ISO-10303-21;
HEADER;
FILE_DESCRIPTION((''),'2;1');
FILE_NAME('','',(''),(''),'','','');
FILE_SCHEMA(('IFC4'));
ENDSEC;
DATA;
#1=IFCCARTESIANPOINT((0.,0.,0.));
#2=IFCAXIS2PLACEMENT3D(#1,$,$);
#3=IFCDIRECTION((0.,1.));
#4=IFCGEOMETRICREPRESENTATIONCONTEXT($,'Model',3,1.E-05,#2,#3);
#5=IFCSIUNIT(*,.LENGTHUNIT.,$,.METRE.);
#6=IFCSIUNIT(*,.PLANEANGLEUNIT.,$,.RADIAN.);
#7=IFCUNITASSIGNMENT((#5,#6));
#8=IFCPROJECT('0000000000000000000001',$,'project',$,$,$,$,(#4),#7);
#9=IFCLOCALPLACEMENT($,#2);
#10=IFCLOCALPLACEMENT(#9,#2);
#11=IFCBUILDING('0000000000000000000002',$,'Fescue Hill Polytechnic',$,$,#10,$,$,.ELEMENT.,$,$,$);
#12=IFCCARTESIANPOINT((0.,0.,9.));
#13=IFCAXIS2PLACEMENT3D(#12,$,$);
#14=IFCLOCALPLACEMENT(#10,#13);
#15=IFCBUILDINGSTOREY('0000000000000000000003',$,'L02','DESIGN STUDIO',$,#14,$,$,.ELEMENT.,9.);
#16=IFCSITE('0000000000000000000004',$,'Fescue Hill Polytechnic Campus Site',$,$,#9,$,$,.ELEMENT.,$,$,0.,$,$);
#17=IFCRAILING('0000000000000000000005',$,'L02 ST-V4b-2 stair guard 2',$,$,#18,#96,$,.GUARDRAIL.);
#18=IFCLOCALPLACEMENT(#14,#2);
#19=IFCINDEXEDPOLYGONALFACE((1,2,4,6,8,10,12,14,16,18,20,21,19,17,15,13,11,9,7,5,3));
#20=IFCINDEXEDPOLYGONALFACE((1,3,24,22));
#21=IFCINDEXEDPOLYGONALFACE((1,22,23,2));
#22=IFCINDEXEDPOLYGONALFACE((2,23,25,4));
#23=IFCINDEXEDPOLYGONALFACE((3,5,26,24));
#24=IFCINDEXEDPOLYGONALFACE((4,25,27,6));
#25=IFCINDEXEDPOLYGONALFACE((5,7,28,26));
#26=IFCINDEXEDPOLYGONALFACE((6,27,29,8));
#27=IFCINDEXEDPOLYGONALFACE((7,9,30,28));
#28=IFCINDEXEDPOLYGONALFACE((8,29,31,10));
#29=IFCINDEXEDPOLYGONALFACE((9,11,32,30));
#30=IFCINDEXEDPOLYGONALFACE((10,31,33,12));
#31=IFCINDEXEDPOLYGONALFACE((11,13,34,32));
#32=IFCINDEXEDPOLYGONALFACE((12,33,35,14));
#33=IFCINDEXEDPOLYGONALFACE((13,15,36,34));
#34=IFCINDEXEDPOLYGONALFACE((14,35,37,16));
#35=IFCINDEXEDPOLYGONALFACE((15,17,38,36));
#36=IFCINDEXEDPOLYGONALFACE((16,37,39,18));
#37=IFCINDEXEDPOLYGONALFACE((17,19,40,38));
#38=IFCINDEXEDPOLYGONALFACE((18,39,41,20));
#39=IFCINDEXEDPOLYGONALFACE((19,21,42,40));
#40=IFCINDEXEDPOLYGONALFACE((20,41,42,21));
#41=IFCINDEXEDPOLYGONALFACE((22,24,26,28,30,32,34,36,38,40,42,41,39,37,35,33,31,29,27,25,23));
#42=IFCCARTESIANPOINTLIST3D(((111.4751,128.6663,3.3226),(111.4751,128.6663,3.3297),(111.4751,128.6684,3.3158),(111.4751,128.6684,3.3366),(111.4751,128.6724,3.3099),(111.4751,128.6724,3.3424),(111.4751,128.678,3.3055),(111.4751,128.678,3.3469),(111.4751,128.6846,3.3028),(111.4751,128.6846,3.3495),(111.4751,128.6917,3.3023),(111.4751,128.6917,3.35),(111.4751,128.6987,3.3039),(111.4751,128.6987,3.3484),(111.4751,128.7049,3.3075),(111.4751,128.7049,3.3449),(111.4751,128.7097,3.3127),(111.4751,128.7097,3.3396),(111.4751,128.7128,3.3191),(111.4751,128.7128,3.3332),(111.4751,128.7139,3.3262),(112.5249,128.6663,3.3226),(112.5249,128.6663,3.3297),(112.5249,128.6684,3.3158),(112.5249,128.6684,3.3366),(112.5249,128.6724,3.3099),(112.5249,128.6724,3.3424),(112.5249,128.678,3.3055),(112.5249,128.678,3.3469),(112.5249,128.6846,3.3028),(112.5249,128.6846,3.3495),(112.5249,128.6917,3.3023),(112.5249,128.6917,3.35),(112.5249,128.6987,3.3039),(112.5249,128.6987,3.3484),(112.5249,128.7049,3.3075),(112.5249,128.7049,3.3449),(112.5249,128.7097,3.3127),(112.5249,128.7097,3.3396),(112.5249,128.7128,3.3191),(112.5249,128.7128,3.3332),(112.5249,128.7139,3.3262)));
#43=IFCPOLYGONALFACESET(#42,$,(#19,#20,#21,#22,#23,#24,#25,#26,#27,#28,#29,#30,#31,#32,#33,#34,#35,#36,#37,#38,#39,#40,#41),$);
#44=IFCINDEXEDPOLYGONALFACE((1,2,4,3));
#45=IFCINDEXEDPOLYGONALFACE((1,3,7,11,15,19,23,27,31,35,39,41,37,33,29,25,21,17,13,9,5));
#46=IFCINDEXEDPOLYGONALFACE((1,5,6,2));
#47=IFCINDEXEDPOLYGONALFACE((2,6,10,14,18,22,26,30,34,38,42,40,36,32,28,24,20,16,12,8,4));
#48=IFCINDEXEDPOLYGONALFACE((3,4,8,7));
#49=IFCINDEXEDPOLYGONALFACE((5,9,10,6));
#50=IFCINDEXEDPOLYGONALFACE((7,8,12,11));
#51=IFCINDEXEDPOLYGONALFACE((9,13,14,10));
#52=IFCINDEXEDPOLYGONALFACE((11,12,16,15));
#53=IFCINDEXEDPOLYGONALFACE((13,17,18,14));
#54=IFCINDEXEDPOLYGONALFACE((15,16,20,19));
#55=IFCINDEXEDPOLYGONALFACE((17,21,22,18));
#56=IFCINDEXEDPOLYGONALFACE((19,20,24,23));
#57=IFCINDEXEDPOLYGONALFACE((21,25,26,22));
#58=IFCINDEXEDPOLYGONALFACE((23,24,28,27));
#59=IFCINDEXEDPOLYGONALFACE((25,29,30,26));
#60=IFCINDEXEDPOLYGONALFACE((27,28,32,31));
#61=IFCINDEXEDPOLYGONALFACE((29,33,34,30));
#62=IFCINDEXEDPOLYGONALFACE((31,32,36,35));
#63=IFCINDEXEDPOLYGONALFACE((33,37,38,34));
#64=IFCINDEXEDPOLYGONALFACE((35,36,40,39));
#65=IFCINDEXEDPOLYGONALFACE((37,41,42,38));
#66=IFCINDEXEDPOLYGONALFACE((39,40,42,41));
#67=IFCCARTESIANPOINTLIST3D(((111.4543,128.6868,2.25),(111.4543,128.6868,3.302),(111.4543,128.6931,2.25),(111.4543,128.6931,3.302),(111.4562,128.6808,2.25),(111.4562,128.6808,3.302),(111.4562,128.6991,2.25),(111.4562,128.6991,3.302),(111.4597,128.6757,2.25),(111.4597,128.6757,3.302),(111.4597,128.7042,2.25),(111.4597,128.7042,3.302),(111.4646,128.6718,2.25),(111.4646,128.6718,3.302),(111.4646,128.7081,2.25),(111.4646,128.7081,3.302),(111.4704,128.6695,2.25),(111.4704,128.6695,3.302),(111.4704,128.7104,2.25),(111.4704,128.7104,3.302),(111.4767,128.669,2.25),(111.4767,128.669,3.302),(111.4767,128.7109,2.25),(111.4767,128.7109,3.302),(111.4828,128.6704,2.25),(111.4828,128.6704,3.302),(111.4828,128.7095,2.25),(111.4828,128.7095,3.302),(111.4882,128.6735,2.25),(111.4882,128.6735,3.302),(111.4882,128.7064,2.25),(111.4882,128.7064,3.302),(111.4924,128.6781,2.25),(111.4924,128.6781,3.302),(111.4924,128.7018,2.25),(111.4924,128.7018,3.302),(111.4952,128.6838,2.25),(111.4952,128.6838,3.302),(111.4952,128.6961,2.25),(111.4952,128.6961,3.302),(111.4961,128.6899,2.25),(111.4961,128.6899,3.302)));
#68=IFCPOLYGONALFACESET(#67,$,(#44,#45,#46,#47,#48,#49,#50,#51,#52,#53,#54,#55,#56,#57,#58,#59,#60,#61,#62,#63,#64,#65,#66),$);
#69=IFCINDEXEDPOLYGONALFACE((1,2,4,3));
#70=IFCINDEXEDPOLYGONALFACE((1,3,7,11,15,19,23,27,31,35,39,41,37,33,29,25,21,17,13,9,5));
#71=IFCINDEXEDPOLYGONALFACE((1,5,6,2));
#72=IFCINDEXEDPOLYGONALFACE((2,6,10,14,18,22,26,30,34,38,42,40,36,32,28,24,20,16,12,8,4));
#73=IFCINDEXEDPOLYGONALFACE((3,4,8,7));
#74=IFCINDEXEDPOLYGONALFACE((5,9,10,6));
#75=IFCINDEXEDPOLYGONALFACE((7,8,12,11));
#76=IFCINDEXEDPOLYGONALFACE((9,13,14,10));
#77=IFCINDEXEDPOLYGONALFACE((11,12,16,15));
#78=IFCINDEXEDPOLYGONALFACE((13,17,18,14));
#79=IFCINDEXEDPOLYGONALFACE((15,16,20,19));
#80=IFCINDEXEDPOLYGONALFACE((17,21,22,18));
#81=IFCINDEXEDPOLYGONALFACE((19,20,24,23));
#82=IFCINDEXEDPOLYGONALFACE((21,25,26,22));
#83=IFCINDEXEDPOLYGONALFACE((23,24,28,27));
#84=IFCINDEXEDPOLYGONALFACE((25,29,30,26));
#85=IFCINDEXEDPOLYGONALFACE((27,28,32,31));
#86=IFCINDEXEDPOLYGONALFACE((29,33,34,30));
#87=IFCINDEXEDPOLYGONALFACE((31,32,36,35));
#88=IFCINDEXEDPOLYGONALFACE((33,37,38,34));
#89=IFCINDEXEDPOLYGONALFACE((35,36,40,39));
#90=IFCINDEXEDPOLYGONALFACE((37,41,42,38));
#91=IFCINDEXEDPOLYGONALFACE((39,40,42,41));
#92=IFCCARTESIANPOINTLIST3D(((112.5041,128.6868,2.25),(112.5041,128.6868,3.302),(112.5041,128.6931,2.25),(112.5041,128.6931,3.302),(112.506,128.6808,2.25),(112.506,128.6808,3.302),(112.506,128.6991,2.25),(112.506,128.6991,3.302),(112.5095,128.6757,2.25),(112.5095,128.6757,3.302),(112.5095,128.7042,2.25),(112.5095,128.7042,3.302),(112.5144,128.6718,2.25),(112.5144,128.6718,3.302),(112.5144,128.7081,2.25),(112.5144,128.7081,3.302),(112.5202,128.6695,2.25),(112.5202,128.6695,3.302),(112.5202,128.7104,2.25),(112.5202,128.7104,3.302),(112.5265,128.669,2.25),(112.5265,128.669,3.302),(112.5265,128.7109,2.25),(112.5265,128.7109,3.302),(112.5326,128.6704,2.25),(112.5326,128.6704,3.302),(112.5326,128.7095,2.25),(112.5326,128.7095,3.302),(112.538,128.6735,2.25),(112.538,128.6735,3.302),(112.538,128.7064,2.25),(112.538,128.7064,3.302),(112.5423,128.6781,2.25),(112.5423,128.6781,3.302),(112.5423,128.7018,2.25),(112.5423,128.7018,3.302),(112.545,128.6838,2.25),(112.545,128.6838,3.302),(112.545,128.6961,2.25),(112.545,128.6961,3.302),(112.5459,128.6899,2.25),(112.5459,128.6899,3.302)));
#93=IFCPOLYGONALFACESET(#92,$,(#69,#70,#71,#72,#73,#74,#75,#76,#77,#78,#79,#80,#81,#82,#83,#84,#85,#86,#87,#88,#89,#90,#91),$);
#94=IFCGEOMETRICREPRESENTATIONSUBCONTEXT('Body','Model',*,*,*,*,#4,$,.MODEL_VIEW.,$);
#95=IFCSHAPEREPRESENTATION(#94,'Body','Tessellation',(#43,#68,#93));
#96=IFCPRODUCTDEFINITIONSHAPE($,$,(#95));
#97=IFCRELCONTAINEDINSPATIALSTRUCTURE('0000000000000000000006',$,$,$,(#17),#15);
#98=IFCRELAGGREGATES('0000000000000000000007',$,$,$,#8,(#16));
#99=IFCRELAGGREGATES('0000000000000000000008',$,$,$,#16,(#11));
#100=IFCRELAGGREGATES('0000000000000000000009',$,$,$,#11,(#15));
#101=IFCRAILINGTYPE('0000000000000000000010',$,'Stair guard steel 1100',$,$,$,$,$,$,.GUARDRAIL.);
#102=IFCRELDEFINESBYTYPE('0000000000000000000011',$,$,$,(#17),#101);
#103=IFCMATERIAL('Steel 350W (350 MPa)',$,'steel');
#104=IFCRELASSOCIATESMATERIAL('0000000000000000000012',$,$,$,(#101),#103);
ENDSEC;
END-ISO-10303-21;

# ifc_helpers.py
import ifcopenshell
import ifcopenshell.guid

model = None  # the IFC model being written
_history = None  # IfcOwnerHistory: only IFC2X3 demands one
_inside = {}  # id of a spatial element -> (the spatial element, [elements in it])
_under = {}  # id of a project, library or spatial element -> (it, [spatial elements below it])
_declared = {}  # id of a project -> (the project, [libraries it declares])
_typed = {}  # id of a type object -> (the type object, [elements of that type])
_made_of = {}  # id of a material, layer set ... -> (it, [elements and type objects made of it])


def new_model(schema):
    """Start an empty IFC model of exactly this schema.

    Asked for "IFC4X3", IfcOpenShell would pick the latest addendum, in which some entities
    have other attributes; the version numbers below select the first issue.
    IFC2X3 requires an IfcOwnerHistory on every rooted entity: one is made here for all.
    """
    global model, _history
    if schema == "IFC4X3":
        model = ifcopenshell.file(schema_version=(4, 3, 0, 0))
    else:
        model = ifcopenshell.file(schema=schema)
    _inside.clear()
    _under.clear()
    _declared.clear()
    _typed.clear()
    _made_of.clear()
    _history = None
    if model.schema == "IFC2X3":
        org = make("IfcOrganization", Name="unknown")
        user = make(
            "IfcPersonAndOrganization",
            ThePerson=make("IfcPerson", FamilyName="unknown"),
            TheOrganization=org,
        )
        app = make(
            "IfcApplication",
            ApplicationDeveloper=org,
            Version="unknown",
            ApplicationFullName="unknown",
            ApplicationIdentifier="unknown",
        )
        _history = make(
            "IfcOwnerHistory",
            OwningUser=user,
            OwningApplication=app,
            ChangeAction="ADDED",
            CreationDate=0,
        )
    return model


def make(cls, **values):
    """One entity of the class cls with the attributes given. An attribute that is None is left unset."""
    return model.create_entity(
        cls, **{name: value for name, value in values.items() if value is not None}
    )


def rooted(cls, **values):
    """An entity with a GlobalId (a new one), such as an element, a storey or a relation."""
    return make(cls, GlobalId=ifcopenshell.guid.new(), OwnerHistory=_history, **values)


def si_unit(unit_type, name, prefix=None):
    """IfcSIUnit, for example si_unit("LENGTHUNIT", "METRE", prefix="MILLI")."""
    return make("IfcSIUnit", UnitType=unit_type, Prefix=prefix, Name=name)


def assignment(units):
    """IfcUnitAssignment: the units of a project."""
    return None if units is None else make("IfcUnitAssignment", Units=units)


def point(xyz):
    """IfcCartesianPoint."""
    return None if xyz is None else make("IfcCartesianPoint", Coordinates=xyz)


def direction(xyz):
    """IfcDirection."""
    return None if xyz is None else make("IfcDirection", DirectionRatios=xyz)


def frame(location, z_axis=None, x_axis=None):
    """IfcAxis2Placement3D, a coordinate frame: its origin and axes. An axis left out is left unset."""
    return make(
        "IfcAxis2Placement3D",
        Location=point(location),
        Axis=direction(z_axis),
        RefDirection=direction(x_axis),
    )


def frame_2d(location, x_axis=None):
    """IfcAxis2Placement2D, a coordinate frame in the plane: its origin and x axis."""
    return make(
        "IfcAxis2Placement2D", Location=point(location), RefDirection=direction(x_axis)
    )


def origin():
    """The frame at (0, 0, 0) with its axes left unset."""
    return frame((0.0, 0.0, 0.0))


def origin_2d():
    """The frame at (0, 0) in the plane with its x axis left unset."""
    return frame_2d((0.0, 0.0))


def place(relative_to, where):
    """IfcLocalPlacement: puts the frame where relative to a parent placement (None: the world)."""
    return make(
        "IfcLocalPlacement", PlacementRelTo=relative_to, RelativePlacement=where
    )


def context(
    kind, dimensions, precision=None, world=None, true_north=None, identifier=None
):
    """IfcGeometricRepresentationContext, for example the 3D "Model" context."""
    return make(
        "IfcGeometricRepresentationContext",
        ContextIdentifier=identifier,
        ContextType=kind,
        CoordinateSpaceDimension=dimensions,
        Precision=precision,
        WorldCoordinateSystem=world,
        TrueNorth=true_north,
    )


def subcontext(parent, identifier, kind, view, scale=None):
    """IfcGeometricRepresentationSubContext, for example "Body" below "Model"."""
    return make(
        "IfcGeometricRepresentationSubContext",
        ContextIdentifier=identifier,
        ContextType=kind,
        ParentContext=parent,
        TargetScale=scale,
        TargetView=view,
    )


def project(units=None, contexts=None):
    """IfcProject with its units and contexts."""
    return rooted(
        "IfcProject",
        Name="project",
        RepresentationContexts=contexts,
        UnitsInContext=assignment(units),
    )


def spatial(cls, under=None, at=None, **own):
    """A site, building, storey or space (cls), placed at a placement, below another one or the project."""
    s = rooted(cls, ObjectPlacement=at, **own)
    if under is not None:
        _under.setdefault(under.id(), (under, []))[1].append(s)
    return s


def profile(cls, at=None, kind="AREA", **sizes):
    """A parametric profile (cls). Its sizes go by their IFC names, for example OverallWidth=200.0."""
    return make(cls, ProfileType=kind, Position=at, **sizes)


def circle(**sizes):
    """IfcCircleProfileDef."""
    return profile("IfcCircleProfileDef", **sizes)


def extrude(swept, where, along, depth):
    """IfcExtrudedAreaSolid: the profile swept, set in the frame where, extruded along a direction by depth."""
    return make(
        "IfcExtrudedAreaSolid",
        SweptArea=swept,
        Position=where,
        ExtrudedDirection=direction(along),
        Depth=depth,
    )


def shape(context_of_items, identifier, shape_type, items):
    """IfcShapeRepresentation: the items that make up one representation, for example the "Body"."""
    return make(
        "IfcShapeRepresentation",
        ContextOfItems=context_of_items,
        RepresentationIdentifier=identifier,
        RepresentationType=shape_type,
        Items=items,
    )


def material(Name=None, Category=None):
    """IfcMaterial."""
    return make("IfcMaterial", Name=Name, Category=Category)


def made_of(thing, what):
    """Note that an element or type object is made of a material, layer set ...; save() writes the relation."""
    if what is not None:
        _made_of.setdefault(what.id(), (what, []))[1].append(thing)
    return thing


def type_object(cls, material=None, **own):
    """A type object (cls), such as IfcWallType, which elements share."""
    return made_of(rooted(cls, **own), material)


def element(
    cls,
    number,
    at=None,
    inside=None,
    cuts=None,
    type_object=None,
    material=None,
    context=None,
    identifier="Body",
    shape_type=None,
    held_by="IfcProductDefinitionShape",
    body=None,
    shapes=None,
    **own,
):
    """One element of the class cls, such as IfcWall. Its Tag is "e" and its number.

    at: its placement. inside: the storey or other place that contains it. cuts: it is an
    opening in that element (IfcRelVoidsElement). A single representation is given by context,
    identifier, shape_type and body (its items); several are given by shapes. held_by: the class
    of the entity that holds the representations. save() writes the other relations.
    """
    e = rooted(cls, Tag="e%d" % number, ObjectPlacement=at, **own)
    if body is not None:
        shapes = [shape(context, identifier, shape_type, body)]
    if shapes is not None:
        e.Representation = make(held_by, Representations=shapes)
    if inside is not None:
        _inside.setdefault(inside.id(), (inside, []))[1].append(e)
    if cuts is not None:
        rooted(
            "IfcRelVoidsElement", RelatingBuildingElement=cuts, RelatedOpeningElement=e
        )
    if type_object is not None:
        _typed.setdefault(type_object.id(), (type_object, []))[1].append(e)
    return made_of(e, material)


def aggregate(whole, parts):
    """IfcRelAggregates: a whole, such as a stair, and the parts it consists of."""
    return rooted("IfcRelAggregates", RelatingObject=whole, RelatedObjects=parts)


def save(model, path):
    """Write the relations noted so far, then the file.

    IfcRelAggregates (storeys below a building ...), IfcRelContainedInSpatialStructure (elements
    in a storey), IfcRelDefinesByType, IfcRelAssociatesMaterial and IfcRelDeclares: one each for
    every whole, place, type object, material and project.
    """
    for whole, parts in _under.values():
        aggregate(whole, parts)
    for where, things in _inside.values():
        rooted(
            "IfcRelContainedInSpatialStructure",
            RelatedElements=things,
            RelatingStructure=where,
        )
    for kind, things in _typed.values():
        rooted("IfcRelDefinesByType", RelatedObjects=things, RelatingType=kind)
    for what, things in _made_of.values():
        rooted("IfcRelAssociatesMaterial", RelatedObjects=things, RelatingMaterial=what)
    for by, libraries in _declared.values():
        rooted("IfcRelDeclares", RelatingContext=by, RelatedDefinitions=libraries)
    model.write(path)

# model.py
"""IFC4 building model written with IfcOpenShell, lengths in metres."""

from ifc_helpers import new_model, si_unit, direction, frame, origin, origin_2d, place, context, subcontext, project, spatial, circle, extrude, material, type_object, element, save


model = new_model("IFC4")

# Units and contexts
model_context = context("Model", 3, precision=1e-05, world=origin(), true_north=direction((0.0, 1.0)))
body_context = subcontext(model_context, "Body", "Model", "MODEL_VIEW")
ifc_project = project(units=[si_unit("LENGTHUNIT", "METRE"), si_unit("PLANEANGLEUNIT", "RADIAN")], contexts=[model_context])

# Site, building, storey
site_placement = place(None, origin())
site = spatial("IfcSite", under=ifc_project, at=site_placement, Name="Fescue Hill Polytechnic Campus Site", CompositionType="ELEMENT", RefElevation=0.0)
building_placement = place(site_placement, origin())
building = spatial("IfcBuilding", under=site, at=building_placement, Name="Fescue Hill Polytechnic", CompositionType="ELEMENT")
storey_placement = place(building_placement, frame((0.0, 0.0, 9.0)))
storey = spatial("IfcBuildingStorey", under=building, at=storey_placement, Name="L02", Description="DESIGN STUDIO", CompositionType="ELEMENT", Elevation=9.0)

# Railing
ifc_material_1 = material(Name="Steel 350W (350 MPa)", Category="steel")
railing_type_1 = type_object("IfcRailingType", Name="Stair guard steel 1100", PredefinedType="GUARDRAIL", material=ifc_material_1)
railing_1_placement = place(storey_placement, frame((111.4751, 128.6899, 2.25)))
element("IfcRailing", 1, at=railing_1_placement, inside=storey, type_object=railing_type_1, Name="L02 ST-V4b-2 stair guard 2", PredefinedType="GUARDRAIL", context=body_context, shape_type="SweptSolid", body=[
    extrude(circle(Radius=0.0239, at=origin_2d()), frame((0.0, 0.0, 1.0762), z_axis=(1.0, 0.0, 0.0), x_axis=(0.0, 1.0, 0.0)), (0.0, 0.0, 1.0), 1.0498),
    extrude(circle(Radius=0.021, at=origin_2d()), origin(), (0.0, 0.0, 1.0), 1.052),
    extrude(circle(Radius=0.021, at=origin_2d()), frame((1.0498, 0.0, 0.0)), (0.0, 0.0, 1.0), 1.052),
])

save(model, "model.ifc")
